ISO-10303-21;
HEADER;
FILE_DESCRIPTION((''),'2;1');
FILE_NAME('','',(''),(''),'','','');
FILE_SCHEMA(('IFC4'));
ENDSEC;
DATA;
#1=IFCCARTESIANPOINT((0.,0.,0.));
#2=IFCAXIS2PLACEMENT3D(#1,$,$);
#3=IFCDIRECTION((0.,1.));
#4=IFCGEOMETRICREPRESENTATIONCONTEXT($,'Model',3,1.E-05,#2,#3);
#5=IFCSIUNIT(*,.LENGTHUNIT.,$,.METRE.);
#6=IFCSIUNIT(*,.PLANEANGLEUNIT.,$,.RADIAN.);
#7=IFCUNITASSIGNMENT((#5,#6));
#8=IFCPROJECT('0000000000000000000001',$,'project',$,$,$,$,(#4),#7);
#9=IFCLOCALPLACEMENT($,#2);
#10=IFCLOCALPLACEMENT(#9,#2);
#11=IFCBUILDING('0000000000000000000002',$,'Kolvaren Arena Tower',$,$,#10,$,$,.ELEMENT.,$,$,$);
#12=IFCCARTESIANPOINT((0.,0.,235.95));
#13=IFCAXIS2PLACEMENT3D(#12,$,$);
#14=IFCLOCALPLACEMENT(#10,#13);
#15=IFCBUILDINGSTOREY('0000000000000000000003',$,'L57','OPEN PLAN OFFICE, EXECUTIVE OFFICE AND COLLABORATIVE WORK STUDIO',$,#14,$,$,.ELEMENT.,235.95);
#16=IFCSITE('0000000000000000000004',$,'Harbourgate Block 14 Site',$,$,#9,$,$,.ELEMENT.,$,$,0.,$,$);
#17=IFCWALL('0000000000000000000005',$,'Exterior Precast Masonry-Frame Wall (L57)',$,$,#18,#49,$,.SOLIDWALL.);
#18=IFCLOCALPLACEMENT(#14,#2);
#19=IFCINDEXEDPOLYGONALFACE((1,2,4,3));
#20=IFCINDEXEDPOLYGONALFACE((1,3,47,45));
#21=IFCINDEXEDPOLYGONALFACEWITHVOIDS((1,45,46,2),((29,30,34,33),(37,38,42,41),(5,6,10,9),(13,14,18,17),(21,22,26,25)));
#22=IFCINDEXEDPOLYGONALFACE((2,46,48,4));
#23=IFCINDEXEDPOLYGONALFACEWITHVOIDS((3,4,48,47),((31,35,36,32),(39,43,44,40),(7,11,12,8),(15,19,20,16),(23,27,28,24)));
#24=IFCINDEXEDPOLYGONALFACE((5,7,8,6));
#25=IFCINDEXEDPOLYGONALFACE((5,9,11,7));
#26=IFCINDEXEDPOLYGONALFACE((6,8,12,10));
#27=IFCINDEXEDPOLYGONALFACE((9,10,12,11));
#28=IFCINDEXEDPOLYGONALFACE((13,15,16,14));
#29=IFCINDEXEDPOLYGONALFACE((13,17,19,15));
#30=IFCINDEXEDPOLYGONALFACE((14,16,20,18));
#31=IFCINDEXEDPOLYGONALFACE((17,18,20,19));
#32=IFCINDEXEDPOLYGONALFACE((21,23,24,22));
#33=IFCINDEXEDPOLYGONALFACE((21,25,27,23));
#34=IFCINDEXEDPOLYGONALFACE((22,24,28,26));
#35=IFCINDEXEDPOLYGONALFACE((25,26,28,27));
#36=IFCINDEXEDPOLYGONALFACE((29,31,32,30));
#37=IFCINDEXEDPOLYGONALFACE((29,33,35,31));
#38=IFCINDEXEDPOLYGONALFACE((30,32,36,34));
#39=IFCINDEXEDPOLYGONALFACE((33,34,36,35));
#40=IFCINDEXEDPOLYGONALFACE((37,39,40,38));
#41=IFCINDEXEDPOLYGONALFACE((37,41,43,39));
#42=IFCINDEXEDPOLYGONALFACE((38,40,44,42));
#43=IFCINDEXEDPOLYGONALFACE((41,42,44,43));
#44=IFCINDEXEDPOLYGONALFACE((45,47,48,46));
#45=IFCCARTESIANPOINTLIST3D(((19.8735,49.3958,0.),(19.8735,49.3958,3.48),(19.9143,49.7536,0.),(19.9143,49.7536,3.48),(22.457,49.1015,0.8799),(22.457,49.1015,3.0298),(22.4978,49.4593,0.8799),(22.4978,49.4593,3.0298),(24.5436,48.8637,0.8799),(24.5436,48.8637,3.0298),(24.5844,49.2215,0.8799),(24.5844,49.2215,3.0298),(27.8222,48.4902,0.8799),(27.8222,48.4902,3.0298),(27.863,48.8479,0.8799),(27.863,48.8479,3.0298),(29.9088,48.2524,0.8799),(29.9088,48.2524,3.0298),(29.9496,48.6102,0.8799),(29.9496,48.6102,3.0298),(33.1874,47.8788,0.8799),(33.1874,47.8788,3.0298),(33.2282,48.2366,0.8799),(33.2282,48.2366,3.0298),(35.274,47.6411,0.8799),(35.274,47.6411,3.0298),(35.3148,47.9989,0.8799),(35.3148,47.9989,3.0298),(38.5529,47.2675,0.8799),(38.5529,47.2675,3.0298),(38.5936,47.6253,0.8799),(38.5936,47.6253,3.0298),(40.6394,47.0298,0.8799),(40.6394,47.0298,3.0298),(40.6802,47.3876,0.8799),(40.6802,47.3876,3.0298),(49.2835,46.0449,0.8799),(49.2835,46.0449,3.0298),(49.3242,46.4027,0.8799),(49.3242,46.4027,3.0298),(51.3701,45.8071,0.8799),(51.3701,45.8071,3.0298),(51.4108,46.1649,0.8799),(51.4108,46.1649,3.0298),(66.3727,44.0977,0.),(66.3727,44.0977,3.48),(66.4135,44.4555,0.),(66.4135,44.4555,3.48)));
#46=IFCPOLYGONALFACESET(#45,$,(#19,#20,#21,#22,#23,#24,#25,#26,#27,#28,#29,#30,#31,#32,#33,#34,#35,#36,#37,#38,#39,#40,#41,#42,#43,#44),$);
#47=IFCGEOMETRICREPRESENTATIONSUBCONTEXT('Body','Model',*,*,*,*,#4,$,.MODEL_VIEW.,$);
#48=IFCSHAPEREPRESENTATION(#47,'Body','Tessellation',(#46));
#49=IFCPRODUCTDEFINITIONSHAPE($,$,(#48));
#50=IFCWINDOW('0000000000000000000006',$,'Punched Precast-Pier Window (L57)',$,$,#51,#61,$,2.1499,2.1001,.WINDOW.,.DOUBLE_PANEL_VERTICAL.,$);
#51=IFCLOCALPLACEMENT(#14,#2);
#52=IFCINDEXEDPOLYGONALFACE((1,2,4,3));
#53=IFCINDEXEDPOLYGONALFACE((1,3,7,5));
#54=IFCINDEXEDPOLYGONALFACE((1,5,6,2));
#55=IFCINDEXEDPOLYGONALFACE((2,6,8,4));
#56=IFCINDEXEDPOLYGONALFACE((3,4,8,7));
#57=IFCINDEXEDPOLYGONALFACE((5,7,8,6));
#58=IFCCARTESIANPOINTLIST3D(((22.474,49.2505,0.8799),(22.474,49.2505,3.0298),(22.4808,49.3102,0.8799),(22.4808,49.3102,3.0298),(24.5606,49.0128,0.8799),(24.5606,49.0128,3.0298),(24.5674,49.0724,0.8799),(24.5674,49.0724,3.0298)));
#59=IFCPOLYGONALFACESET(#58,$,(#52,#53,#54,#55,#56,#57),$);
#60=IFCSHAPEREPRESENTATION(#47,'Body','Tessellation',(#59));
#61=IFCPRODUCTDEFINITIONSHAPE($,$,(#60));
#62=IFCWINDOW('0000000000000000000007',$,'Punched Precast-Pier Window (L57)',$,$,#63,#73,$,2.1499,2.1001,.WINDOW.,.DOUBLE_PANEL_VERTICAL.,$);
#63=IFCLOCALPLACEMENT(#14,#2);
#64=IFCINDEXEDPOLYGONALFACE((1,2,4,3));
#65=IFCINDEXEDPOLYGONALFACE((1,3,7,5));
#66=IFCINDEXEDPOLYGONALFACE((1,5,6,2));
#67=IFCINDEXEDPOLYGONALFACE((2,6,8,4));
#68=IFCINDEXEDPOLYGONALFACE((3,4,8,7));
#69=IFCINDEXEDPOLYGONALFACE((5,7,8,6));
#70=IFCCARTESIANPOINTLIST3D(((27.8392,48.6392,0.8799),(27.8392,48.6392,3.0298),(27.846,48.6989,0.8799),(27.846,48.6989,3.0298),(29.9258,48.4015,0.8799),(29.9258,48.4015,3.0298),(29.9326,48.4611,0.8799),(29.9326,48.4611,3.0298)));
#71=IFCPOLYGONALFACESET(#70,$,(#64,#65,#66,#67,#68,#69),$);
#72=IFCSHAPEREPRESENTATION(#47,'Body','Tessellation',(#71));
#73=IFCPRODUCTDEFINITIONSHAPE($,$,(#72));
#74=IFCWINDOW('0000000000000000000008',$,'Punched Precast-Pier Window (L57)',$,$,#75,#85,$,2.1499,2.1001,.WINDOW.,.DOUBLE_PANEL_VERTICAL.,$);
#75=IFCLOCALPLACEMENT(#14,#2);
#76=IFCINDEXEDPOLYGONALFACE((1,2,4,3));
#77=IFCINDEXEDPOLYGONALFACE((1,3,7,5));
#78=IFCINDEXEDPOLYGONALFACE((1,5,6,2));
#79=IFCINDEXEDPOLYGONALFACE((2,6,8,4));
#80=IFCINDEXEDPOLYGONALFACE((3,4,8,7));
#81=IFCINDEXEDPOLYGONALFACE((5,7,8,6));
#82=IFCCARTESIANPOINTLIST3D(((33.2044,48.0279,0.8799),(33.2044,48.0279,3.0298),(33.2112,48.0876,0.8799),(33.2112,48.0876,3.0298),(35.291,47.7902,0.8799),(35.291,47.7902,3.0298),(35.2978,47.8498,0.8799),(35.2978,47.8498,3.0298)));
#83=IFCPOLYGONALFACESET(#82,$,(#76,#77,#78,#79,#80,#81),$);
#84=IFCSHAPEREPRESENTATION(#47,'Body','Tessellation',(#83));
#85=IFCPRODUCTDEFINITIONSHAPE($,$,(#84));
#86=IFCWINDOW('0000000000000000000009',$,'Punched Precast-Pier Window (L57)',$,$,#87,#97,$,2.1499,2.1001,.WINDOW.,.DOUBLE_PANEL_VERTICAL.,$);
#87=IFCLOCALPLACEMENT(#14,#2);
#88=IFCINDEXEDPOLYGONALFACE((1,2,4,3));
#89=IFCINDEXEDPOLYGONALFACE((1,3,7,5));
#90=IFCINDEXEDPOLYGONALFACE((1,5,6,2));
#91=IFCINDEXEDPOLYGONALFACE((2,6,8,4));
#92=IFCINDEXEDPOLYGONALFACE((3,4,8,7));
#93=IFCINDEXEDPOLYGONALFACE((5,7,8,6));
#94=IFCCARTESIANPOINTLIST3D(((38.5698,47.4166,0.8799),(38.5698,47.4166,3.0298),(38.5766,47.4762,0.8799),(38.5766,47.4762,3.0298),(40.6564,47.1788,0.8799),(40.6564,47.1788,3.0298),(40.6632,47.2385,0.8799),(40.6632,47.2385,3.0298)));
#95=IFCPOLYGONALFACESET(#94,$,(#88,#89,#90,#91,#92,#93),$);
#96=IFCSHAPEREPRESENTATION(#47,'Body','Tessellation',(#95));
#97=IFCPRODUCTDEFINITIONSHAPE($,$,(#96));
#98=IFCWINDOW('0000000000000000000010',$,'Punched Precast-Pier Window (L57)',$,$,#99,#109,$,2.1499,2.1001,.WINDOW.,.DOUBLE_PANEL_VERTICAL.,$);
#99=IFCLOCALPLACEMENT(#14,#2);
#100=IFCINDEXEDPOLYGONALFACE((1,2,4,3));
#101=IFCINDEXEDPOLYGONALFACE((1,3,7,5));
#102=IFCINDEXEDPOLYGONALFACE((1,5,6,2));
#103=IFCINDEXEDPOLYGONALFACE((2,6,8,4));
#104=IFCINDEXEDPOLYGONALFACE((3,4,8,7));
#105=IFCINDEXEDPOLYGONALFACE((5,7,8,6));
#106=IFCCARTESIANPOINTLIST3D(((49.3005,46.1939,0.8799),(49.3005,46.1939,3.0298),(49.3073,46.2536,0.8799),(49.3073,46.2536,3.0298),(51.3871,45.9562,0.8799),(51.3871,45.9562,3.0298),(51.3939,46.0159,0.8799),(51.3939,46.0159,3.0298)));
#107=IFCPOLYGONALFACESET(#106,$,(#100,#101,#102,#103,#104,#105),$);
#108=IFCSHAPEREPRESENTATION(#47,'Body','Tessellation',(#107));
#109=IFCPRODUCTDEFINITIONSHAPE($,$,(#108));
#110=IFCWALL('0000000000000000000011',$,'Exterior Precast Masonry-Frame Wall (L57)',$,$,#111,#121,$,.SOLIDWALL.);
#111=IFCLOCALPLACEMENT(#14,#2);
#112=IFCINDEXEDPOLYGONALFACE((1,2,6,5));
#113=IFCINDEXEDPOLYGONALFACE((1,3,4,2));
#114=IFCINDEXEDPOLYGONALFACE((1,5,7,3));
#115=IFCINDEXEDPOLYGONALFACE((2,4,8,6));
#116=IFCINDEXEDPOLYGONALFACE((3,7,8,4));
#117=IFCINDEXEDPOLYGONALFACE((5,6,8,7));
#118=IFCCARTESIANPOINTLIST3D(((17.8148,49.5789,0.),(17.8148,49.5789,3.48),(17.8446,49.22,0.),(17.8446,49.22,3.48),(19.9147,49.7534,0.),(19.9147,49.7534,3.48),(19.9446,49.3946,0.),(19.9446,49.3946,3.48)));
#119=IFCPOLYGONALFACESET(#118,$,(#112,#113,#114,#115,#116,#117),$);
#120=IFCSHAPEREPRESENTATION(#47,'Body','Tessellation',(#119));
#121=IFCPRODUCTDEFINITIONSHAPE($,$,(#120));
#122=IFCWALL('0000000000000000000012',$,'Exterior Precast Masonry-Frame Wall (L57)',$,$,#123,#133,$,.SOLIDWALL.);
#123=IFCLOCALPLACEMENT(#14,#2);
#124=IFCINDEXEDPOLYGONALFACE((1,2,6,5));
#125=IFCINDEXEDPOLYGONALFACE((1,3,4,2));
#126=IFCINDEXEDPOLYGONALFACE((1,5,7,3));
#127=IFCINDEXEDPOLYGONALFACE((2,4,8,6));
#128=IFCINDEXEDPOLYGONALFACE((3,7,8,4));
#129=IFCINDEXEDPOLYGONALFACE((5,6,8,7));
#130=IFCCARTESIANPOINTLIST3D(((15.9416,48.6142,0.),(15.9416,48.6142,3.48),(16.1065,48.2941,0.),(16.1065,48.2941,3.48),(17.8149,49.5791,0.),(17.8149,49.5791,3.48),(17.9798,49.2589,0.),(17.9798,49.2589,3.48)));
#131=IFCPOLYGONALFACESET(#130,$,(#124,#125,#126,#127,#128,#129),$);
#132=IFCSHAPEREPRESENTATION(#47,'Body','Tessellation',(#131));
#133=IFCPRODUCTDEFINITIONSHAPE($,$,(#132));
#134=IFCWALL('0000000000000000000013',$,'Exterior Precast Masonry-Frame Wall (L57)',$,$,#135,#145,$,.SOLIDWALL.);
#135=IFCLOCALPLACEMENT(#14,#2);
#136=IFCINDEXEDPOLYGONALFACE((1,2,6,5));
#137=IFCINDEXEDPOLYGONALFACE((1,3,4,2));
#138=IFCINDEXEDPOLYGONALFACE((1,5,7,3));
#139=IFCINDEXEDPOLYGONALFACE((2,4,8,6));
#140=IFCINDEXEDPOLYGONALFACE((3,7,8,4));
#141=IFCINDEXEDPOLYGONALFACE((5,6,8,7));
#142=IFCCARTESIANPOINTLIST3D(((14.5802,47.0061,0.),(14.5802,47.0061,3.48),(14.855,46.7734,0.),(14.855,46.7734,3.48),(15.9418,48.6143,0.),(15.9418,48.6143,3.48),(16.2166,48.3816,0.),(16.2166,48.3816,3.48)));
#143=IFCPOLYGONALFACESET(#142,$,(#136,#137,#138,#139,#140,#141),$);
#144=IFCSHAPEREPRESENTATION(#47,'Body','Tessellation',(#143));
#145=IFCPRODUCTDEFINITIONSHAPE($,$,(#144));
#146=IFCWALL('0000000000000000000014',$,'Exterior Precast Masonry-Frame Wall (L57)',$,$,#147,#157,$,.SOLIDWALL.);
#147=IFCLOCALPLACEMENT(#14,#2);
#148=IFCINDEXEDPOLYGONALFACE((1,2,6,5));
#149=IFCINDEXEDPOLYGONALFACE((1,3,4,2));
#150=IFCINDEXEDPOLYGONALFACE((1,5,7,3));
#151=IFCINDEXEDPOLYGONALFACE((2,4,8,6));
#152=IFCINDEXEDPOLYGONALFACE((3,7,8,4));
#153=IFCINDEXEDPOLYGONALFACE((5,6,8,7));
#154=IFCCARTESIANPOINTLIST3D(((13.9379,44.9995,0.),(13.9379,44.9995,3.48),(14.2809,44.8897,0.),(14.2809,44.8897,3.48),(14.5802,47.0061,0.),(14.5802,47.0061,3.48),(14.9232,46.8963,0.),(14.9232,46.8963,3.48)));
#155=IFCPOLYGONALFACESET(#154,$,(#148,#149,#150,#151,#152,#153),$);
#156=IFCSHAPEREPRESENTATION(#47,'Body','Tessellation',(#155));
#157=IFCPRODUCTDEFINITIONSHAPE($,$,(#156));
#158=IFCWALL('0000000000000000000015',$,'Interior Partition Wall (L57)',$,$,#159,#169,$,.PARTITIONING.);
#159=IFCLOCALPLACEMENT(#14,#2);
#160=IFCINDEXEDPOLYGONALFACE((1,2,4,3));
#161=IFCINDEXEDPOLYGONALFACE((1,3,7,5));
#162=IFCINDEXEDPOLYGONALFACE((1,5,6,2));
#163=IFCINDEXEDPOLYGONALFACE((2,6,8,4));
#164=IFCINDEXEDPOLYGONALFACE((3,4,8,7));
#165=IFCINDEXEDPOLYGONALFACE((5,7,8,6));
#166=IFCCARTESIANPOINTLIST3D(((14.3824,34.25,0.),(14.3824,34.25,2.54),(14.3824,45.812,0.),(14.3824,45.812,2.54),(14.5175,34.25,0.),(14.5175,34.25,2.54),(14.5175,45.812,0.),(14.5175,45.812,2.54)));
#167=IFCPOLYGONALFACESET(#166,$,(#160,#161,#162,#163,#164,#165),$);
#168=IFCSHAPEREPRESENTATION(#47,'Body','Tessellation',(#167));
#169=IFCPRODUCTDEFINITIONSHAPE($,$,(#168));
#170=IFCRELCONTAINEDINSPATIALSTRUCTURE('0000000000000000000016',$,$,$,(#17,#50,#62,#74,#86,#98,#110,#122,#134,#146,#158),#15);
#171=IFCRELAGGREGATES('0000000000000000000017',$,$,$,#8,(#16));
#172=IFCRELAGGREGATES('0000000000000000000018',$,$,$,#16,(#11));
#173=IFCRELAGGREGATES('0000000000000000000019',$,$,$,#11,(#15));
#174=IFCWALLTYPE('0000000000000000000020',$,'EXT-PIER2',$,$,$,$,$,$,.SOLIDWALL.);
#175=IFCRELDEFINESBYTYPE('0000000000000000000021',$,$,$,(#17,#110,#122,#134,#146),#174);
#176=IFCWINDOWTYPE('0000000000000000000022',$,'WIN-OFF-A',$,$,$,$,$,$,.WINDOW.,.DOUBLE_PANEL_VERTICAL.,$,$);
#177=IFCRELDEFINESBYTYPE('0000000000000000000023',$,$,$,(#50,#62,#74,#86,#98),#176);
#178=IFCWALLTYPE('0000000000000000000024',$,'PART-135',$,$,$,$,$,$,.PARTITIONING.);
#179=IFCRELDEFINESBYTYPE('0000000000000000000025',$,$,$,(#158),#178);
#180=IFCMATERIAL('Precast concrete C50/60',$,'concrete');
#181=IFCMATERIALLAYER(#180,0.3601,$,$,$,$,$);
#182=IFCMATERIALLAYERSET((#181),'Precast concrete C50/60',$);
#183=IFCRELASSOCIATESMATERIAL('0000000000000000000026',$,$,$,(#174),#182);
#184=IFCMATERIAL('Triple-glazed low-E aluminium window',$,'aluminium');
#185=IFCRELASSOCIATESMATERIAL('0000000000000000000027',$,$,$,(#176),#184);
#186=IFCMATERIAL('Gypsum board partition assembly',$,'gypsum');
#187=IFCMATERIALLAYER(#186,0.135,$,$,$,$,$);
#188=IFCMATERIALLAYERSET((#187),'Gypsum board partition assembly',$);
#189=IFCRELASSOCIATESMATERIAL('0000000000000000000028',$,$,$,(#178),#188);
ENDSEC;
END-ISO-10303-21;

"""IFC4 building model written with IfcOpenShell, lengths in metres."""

from ifc_helpers import new_model, si_unit, direction, frame, frame_2d, origin, place, context, subcontext, project, spatial, rectangle, extrude, material, layer, layer_set, type_object, element, fill, save


model = new_model("IFC4")

# Units and contexts
model_context = context("Model", 3, precision=1e-05, world=origin(), true_north=direction((0.0, 1.0)))
body_context = subcontext(model_context, "Body", "Model", "MODEL_VIEW")
ifc_project = project(units=[si_unit("LENGTHUNIT", "METRE"), si_unit("PLANEANGLEUNIT", "RADIAN")], contexts=[model_context])

# Site, building, storey
site_placement = place(None, origin())
site = spatial("IfcSite", under=ifc_project, at=site_placement, Name="Harbourgate Block 14 Site", CompositionType="ELEMENT", RefElevation=0.0)
building_placement = place(site_placement, origin())
building = spatial("IfcBuilding", under=site, at=building_placement, Name="Kolvaren Arena Tower", CompositionType="ELEMENT")
storey_placement = place(building_placement, frame((0.0, 0.0, 235.95)))
storey = spatial("IfcBuildingStorey", under=building, at=storey_placement, Name="L57", Description="OPEN PLAN OFFICE, EXECUTIVE OFFICE AND COLLABORATIVE WORK STUDIO", CompositionType="ELEMENT", Elevation=235.95)

# Wall, openings, windows
ifc_material_1 = material(Name="Precast concrete C50/60", Category="concrete")
ifc_layer_1 = layer(ifc_material_1, 0.3601)
ifc_layer_set_1 = layer_set([ifc_layer_1], Name="Precast concrete C50/60")
wall_type_1 = type_object("IfcWallType", Name="EXT-PIER2", PredefinedType="SOLIDWALL", material=ifc_layer_set_1)
wall_1_placement = place(storey_placement, frame((19.894, 49.5747, 0.0), z_axis=(0.0, 0.0, 1.0), x_axis=(0.993571, -0.113207, 0.0)))
wall_1 = element("IfcWall", 1, at=wall_1_placement, inside=storey, type_object=wall_type_1, Name="Exterior Precast Masonry-Frame Wall (L57)", PredefinedType="SOLIDWALL", context=body_context, shape_type="SweptSolid", body=[
    extrude(rectangle(XDim=46.8, YDim=0.3601, at=frame_2d((23.3999, 0.0))), origin(), (0.0, 0.0, 1.0), 3.48),
])
opening_1_placement = place(wall_1_placement, frame((2.6001, 0.0, 0.8799)))
opening_1 = element("IfcOpeningElement", 2, at=opening_1_placement, cuts=wall_1, PredefinedType="OPENING", context=body_context, shape_type="SweptSolid", body=[
    extrude(rectangle(XDim=2.1001, YDim=2.1499, at=frame_2d((1.05, 1.075))), frame((0.0, 0.1899, 0.0), z_axis=(0.0, -1.0, 0.0), x_axis=(1.0, 0.0, 0.0)), (0.0, 0.0, 1.0), 0.3801),
])
opening_2_placement = place(wall_1_placement, frame((8.0, 0.0, 0.8799)))
opening_2 = element("IfcOpeningElement", 3, at=opening_2_placement, cuts=wall_1, PredefinedType="OPENING", context=body_context, shape_type="SweptSolid", body=[
    extrude(rectangle(XDim=2.1001, YDim=2.1499, at=frame_2d((1.05, 1.075))), frame((0.0, 0.1899, 0.0), z_axis=(0.0, -1.0, 0.0), x_axis=(1.0, 0.0, 0.0)), (0.0, 0.0, 1.0), 0.3801),
])
opening_3_placement = place(wall_1_placement, frame((13.3999, 0.0, 0.8799)))
opening_3 = element("IfcOpeningElement", 4, at=opening_3_placement, cuts=wall_1, PredefinedType="OPENING", context=body_context, shape_type="SweptSolid", body=[
    extrude(rectangle(XDim=2.1001, YDim=2.1499, at=frame_2d((1.05, 1.075))), frame((0.0, 0.1899, 0.0), z_axis=(0.0, -1.0, 0.0), x_axis=(1.0, 0.0, 0.0)), (0.0, 0.0, 1.0), 0.3801),
])
opening_4_placement = place(wall_1_placement, frame((18.8, 0.0, 0.8799)))
opening_4 = element("IfcOpeningElement", 5, at=opening_4_placement, cuts=wall_1, PredefinedType="OPENING", context=body_context, shape_type="SweptSolid", body=[
    extrude(rectangle(XDim=2.1001, YDim=2.1499, at=frame_2d((1.05, 1.075))), frame((0.0, 0.1899, 0.0), z_axis=(0.0, -1.0, 0.0), x_axis=(1.0, 0.0, 0.0)), (0.0, 0.0, 1.0), 0.3801),
])
opening_5_placement = place(wall_1_placement, frame((29.6001, 0.0, 0.8799)))
opening_5 = element("IfcOpeningElement", 6, at=opening_5_placement, cuts=wall_1, PredefinedType="OPENING", context=body_context, shape_type="SweptSolid", body=[
    extrude(rectangle(XDim=2.1001, YDim=2.1499, at=frame_2d((1.05, 1.075))), frame((0.0, 0.1899, 0.0), z_axis=(0.0, -1.0, 0.0), x_axis=(1.0, 0.0, 0.0)), (0.0, 0.0, 1.0), 0.3801),
])
ifc_material_2 = material(Name="Triple-glazed low-E aluminium window", Category="aluminium")
window_type = type_object("IfcWindowType", Name="WIN-OFF-A", PartitioningType="DOUBLE_PANEL_VERTICAL", PredefinedType="WINDOW", material=ifc_material_2)
window_1_placement = place(opening_1_placement, origin())
window_1 = element("IfcWindow", 7, at=window_1_placement, inside=storey, type_object=window_type, Name="Punched Precast-Pier Window (L57)", OverallHeight=2.1499, OverallWidth=2.1001, PartitioningType="DOUBLE_PANEL_VERTICAL", PredefinedType="WINDOW", context=body_context, shape_type="SweptSolid", body=[
    extrude(rectangle(XDim=2.1001, YDim=2.1499, at=frame_2d((1.05, 1.075))), frame((0.0, 0.03, 0.0), z_axis=(0.0, -1.0, 0.0), x_axis=(1.0, 0.0, 0.0)), (0.0, 0.0, 1.0), 0.0601),
])
fill(opening_1, window_1)
window_2_placement = place(opening_2_placement, origin())
window_2 = element("IfcWindow", 8, at=window_2_placement, inside=storey, type_object=window_type, Name="Punched Precast-Pier Window (L57)", OverallHeight=2.1499, OverallWidth=2.1001, PartitioningType="DOUBLE_PANEL_VERTICAL", PredefinedType="WINDOW", context=body_context, shape_type="SweptSolid", body=[
    extrude(rectangle(XDim=2.1001, YDim=2.1499, at=frame_2d((1.05, 1.075))), frame((0.0, 0.03, 0.0), z_axis=(0.0, -1.0, 0.0), x_axis=(1.0, 0.0, 0.0)), (0.0, 0.0, 1.0), 0.0601),
])
fill(opening_2, window_2)
window_3_placement = place(opening_3_placement, origin())
window_3 = element("IfcWindow", 9, at=window_3_placement, inside=storey, type_object=window_type, Name="Punched Precast-Pier Window (L57)", OverallHeight=2.1499, OverallWidth=2.1001, PartitioningType="DOUBLE_PANEL_VERTICAL", PredefinedType="WINDOW", context=body_context, shape_type="SweptSolid", body=[
    extrude(rectangle(XDim=2.1001, YDim=2.1499, at=frame_2d((1.05, 1.075))), frame((0.0, 0.03, 0.0), z_axis=(0.0, -1.0, 0.0), x_axis=(1.0, 0.0, 0.0)), (0.0, 0.0, 1.0), 0.0601),
])
fill(opening_3, window_3)
window_4_placement = place(opening_4_placement, origin())
window_4 = element("IfcWindow", 10, at=window_4_placement, inside=storey, type_object=window_type, Name="Punched Precast-Pier Window (L57)", OverallHeight=2.1499, OverallWidth=2.1001, PartitioningType="DOUBLE_PANEL_VERTICAL", PredefinedType="WINDOW", context=body_context, shape_type="SweptSolid", body=[
    extrude(rectangle(XDim=2.1001, YDim=2.1499, at=frame_2d((1.05, 1.075))), frame((0.0, 0.03, 0.0), z_axis=(0.0, -1.0, 0.0), x_axis=(1.0, 0.0, 0.0)), (0.0, 0.0, 1.0), 0.0601),
])
fill(opening_4, window_4)
window_5_placement = place(opening_5_placement, origin())
window_5 = element("IfcWindow", 11, at=window_5_placement, inside=storey, type_object=window_type, Name="Punched Precast-Pier Window (L57)", OverallHeight=2.1499, OverallWidth=2.1001, PartitioningType="DOUBLE_PANEL_VERTICAL", PredefinedType="WINDOW", context=body_context, shape_type="SweptSolid", body=[
    extrude(rectangle(XDim=2.1001, YDim=2.1499, at=frame_2d((1.05, 1.075))), frame((0.0, 0.03, 0.0), z_axis=(0.0, -1.0, 0.0), x_axis=(1.0, 0.0, 0.0)), (0.0, 0.0, 1.0), 0.0601),
])
fill(opening_5, window_5)

# Walls
for number, where, z_axis, x_axis, name in (
    (12, (17.8296, 49.3994, 0.0), (0.0, 0.0, 1.0), (0.996563, 0.082844, 0.0), "Exterior Precast Masonry-Frame Wall (L57)"),
    (13, (16.0239, 48.4541, 0.0), (0.0, 0.0, 1.0), (0.88901, 0.457887, 0.0), "Exterior Precast Masonry-Frame Wall (L57)"),
    (14, (14.7175, 46.8896, 0.0), (0.0, 0.0, 1.0), (0.646171, 0.763193, 0.0), "Exterior Precast Masonry-Frame Wall (L57)"),
):
    element("IfcWall", number, at=place(storey_placement, frame(where, z_axis=z_axis, x_axis=x_axis)), inside=storey, type_object=wall_type_1, Name=name, PredefinedType="SOLIDWALL", context=body_context, shape_type="SweptSolid", body=[
        extrude(rectangle(XDim=2.1072, YDim=0.3601, at=frame_2d((1.0537, 0.0))), origin(), (0.0, 0.0, 1.0), 3.48),
    ])
wall_2_placement = place(storey_placement, frame((14.1094, 44.9446, 0.0), z_axis=(0.0, 0.0, 1.0), x_axis=(0.304872, 0.952393, 0.0)))
element("IfcWall", 15, at=wall_2_placement, inside=storey, type_object=wall_type_1, Name="Exterior Precast Masonry-Frame Wall (L57)", PredefinedType="SOLIDWALL", context=body_context, shape_type="SweptSolid", body=[
    extrude(rectangle(XDim=2.1069, YDim=0.3601, at=frame_2d((1.0535, 0.0))), origin(), (0.0, 0.0, 1.0), 3.48),
])
ifc_material_3 = material(Name="Gypsum board partition assembly", Category="gypsum")
ifc_layer_2 = layer(ifc_material_3, 0.135)
ifc_layer_set_2 = layer_set([ifc_layer_2], Name="Gypsum board partition assembly")
wall_type_2 = type_object("IfcWallType", Name="PART-135", PredefinedType="PARTITIONING", material=ifc_layer_set_2)
wall_3_placement = place(storey_placement, frame((14.45, 34.25, 0.0), z_axis=(0.0, 0.0, 1.0), x_axis=(0.0, 1.0, 0.0)))
element("IfcWall", 16, at=wall_3_placement, inside=storey, type_object=wall_type_2, Name="Interior Partition Wall (L57)", PredefinedType="PARTITIONING", context=body_context, shape_type="SweptSolid", body=[
    extrude(rectangle(XDim=11.562, YDim=0.135, at=frame_2d((5.781, 0.0))), origin(), (0.0, 0.0, 1.0), 2.54),
])

save(model, "model.ifc")
